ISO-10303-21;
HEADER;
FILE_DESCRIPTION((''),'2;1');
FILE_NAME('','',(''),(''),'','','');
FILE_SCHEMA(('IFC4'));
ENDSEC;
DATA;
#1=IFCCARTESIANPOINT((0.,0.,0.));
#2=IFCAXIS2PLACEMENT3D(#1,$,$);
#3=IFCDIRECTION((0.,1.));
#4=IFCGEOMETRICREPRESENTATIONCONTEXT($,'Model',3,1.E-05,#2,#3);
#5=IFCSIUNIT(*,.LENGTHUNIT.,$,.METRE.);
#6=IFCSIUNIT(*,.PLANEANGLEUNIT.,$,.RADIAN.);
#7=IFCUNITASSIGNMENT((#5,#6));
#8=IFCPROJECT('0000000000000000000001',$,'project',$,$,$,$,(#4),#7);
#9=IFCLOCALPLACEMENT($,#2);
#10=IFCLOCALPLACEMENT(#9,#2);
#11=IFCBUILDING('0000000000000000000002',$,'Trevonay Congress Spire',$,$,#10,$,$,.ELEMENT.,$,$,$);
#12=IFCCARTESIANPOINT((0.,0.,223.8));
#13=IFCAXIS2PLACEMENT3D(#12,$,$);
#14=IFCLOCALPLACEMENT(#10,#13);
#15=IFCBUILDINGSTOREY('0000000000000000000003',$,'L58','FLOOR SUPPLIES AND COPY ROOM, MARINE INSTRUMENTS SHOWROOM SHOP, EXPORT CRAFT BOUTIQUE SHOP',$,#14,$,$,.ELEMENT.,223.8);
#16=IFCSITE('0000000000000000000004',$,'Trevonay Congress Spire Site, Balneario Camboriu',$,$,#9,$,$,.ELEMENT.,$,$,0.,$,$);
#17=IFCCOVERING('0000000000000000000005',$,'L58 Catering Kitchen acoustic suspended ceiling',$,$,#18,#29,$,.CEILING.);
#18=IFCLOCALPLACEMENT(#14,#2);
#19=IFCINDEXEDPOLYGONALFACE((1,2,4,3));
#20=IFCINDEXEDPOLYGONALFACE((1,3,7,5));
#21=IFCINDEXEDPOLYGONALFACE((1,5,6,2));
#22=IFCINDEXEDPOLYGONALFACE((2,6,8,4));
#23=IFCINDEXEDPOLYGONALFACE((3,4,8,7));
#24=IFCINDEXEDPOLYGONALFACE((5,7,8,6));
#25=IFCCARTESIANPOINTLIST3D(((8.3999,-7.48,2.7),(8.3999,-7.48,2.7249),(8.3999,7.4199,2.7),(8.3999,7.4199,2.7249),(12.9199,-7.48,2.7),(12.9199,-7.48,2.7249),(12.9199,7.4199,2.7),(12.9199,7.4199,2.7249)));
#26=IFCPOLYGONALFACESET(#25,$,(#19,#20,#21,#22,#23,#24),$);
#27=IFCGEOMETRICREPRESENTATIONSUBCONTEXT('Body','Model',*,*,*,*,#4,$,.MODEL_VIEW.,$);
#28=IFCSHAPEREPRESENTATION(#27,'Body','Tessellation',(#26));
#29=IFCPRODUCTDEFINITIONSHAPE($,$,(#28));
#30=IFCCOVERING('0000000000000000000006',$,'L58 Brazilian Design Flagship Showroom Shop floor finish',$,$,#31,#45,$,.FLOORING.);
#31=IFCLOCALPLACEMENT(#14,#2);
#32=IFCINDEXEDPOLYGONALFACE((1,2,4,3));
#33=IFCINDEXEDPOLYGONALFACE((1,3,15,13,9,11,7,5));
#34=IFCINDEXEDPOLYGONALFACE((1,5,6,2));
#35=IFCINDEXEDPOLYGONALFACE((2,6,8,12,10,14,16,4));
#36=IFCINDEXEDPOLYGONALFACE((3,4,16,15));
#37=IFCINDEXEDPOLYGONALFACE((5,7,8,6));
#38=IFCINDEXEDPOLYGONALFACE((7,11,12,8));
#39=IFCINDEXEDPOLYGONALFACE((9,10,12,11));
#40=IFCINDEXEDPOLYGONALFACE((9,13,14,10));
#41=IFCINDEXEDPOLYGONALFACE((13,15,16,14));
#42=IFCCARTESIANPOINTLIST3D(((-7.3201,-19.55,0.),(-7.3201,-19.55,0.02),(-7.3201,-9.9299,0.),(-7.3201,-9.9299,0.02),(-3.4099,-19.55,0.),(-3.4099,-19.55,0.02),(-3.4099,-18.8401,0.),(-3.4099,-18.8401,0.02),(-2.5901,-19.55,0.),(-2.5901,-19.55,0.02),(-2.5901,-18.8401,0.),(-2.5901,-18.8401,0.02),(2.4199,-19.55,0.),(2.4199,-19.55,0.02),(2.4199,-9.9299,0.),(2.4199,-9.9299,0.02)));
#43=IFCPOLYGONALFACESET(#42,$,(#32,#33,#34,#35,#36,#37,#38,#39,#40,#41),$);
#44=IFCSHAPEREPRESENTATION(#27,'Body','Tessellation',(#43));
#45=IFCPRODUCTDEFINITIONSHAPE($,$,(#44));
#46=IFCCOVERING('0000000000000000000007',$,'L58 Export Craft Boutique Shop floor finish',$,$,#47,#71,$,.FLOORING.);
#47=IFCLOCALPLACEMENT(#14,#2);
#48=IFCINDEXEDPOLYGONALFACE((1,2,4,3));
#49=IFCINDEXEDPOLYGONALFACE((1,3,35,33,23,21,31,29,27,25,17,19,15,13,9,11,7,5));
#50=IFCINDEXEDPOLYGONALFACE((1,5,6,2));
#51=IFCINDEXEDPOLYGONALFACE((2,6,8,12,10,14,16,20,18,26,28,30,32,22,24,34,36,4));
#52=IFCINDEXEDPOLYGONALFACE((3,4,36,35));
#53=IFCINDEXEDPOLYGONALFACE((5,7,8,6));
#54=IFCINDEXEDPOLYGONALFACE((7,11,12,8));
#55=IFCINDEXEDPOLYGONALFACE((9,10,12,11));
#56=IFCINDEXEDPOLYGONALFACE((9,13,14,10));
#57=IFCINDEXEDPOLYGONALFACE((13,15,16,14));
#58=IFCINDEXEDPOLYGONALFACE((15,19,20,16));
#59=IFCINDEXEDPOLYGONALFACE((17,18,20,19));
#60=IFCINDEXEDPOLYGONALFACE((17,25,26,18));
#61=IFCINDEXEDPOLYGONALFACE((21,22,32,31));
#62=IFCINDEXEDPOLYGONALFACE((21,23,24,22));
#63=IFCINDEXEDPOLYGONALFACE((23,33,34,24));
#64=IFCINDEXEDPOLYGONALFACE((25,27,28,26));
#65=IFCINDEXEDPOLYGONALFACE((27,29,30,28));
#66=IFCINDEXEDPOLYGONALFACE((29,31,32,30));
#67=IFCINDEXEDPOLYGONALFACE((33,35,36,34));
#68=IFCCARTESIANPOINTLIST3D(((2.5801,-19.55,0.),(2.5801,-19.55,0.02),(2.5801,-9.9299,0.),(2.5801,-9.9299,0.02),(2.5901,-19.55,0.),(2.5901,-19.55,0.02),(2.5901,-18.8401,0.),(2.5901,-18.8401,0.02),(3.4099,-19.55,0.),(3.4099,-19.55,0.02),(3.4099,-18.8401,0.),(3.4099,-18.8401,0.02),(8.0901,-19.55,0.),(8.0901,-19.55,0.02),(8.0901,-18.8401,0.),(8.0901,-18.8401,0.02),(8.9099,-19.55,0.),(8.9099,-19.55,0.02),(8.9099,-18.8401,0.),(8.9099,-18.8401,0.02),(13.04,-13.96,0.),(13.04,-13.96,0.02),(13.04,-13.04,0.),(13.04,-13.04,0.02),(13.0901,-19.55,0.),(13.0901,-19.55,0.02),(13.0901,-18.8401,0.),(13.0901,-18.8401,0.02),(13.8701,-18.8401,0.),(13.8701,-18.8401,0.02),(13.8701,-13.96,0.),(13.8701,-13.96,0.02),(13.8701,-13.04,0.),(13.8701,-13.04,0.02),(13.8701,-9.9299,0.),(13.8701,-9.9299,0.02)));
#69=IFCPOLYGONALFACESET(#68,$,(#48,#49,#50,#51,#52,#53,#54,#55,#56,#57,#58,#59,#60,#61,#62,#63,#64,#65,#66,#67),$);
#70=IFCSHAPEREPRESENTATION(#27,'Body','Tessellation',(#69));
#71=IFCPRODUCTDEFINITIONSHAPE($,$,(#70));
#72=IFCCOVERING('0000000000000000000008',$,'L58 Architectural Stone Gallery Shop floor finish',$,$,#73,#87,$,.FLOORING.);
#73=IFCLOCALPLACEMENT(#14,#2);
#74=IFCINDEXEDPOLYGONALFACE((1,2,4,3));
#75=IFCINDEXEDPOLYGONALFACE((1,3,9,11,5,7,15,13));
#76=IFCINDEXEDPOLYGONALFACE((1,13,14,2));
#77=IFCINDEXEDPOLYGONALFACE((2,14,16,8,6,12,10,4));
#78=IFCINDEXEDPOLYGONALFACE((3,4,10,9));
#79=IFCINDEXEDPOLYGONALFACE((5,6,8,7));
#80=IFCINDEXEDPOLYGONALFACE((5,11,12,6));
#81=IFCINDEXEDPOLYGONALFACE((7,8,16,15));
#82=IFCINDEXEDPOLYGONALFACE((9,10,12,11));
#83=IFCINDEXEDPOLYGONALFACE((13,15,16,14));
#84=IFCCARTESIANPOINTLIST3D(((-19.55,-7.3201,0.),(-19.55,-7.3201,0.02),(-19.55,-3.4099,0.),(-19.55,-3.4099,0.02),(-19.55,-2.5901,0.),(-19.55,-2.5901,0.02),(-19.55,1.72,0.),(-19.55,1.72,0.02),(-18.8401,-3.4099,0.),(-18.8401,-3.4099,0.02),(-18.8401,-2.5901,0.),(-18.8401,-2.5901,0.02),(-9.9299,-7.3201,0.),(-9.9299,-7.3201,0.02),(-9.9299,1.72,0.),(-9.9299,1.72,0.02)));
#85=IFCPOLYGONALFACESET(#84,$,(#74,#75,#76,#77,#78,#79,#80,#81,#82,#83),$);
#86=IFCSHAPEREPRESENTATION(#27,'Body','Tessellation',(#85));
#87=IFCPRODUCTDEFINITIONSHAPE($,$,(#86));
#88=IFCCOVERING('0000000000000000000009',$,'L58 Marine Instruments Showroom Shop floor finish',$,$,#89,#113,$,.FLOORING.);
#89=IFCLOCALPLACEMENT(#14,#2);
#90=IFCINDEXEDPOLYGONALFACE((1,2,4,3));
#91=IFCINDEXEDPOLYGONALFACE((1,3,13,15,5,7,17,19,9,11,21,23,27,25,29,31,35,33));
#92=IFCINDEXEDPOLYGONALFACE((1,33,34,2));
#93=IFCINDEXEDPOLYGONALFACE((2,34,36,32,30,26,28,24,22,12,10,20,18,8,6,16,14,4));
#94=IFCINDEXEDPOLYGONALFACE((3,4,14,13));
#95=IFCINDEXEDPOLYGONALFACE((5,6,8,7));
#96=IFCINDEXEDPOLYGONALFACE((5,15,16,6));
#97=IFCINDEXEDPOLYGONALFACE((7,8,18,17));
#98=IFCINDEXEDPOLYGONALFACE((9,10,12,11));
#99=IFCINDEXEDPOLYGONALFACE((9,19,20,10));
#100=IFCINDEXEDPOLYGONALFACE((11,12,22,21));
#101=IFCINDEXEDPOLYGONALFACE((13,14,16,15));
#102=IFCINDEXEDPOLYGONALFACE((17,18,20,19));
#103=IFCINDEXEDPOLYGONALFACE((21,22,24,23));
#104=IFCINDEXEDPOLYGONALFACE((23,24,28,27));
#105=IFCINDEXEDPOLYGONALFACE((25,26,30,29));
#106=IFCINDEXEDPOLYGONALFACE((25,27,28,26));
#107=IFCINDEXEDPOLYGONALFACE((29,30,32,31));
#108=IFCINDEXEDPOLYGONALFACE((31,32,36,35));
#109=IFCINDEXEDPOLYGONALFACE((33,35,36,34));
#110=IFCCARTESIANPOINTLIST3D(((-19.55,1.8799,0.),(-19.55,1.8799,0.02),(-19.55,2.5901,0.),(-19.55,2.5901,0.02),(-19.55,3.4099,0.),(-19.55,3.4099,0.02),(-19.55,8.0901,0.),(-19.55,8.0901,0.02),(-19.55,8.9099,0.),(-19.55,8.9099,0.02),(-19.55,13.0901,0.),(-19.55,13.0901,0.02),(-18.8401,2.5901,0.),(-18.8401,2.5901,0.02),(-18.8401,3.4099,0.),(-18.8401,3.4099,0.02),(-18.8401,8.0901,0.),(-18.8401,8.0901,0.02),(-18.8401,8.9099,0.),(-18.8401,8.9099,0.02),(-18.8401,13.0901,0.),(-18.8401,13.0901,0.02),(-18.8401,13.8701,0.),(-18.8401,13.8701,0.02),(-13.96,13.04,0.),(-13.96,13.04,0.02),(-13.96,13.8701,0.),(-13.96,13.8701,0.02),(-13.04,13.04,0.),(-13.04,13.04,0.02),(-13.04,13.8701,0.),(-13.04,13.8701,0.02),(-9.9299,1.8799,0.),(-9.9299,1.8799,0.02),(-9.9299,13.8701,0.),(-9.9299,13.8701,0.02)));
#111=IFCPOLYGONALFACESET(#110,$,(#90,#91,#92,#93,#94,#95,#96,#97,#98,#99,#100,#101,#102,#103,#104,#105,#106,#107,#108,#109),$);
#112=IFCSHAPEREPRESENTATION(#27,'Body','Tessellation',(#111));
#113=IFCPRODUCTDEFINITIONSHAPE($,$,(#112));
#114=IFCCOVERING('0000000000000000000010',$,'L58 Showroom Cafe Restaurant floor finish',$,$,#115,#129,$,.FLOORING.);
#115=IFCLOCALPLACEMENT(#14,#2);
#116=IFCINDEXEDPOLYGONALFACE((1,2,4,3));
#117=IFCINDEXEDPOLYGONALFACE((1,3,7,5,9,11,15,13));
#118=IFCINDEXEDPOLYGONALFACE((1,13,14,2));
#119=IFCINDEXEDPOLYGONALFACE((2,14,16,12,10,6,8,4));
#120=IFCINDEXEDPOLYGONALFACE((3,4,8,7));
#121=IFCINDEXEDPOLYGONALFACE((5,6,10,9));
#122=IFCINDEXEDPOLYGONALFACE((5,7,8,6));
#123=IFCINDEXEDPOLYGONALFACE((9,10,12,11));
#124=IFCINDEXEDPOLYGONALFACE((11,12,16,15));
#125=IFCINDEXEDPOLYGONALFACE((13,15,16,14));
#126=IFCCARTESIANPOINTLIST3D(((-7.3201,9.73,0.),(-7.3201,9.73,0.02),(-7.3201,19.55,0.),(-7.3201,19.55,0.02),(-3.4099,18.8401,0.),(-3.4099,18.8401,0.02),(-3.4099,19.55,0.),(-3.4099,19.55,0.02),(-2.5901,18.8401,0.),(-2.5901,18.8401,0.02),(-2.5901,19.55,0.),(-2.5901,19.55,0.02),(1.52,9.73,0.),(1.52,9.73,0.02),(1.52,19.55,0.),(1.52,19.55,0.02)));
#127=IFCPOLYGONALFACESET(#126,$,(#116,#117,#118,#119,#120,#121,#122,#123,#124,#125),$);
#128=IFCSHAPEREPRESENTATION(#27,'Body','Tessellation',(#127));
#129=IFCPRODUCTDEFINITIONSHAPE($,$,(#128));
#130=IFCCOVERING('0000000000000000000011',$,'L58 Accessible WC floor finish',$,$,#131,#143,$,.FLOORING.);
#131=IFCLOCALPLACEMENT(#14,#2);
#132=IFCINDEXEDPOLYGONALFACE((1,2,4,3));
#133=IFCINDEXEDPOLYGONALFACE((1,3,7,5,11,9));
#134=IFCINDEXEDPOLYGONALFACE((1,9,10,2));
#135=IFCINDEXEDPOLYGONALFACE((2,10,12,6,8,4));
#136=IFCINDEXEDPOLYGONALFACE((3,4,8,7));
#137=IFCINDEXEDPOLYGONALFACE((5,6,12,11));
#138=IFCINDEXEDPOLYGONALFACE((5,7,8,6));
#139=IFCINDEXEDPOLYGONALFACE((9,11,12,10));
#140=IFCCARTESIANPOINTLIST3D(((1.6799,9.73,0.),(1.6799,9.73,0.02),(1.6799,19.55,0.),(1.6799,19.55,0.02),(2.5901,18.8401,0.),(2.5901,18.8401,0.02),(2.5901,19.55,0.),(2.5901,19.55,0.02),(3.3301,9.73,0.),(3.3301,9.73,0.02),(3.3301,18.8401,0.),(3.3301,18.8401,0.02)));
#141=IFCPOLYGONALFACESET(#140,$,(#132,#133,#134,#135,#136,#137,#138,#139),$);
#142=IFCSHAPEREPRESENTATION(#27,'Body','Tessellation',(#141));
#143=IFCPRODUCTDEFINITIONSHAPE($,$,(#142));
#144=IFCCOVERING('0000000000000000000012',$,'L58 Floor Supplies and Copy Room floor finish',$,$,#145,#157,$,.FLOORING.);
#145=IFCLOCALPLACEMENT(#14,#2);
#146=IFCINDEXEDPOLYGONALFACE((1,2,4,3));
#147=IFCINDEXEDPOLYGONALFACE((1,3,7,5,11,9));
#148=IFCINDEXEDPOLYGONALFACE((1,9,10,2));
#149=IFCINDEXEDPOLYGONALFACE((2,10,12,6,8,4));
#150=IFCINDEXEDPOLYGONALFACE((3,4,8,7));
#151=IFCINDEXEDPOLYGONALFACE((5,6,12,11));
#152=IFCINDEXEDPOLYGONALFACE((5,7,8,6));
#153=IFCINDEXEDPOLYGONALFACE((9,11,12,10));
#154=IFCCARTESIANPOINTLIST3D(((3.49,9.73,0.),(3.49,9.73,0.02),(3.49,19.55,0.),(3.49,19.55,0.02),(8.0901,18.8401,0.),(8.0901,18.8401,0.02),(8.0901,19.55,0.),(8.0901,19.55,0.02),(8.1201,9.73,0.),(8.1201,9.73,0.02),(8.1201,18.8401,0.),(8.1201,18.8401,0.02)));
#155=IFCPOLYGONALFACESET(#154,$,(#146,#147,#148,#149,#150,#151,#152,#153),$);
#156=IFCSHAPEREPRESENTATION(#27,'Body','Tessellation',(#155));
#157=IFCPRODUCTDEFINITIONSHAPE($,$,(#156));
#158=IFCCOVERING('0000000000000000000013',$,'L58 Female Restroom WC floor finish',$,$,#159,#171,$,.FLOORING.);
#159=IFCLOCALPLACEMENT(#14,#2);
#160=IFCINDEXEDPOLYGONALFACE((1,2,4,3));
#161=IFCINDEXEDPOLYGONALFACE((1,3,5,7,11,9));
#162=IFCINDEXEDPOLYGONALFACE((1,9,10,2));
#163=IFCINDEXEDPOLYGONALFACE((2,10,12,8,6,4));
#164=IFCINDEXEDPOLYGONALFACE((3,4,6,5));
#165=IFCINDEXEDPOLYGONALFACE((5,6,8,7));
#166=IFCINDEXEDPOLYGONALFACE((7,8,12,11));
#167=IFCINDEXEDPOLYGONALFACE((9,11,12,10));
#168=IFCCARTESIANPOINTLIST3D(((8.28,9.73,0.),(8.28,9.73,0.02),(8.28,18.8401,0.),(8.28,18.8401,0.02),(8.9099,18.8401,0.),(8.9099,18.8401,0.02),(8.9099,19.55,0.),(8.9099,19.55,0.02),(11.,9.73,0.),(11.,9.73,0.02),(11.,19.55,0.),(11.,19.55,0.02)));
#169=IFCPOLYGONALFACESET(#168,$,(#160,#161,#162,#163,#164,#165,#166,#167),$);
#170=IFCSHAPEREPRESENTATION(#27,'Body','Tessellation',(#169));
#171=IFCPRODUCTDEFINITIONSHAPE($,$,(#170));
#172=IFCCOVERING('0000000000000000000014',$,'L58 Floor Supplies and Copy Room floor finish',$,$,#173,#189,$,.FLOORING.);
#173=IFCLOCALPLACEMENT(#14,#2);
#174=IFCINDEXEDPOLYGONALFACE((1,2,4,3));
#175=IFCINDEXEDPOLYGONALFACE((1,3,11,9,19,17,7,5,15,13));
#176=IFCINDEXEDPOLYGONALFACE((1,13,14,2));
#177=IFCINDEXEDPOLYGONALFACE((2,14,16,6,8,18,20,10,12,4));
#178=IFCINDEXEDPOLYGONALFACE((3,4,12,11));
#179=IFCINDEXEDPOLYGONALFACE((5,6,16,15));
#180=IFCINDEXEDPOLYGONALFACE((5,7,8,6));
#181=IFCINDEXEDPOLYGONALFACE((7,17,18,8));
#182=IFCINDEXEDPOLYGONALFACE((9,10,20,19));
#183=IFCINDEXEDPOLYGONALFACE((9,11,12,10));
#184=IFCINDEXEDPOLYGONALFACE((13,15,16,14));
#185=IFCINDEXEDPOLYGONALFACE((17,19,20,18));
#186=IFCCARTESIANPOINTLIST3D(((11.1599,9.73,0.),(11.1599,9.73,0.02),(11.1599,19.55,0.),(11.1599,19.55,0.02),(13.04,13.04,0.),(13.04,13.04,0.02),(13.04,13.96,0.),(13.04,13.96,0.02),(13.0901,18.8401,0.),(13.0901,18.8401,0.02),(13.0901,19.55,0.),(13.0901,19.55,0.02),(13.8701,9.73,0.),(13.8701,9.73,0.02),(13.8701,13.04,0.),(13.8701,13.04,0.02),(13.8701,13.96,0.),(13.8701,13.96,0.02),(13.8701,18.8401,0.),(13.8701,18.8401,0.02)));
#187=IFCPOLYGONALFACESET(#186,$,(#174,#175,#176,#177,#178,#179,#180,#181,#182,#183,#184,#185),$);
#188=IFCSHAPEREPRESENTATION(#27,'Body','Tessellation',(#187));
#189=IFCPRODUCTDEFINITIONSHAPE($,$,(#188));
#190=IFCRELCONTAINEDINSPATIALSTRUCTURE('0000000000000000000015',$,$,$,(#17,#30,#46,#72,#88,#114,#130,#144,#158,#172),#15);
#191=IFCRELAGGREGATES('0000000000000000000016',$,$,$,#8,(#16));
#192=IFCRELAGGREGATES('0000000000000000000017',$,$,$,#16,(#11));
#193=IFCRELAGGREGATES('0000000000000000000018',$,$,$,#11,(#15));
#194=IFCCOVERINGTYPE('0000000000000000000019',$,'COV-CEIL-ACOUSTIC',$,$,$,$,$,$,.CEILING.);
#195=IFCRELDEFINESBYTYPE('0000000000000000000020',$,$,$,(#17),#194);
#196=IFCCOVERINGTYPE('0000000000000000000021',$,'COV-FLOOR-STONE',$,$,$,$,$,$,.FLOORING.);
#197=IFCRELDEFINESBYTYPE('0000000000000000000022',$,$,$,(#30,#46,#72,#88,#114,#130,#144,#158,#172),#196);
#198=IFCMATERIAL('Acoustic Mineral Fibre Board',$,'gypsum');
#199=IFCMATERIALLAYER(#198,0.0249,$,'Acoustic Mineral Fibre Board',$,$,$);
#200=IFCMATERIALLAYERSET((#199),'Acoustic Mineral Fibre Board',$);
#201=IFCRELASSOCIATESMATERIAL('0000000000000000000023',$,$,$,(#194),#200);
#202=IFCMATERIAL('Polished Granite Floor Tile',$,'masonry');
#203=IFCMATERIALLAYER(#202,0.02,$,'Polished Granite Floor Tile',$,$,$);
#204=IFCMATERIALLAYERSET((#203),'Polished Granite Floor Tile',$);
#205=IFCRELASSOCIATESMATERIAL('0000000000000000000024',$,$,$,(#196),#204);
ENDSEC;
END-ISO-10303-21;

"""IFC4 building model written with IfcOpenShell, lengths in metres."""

from ifc_helpers import new_model, si_unit, direction, frame, origin, place, context, subcontext, project, spatial, polyline, outline, extrude, material, layer, layer_set, type_object, element, save


model = new_model("IFC4")

# Units and contexts
model_context = context("Model", 3, precision=1e-05, world=origin(), true_north=direction((0.0, 1.0)))
body_context = subcontext(model_context, "Body", "Model", "MODEL_VIEW")
ifc_project = project(units=[si_unit("LENGTHUNIT", "METRE"), si_unit("PLANEANGLEUNIT", "RADIAN")], contexts=[model_context])

# Site, building, storey
site_placement = place(None, origin())
site = spatial("IfcSite", under=ifc_project, at=site_placement, Name="Trevonay Congress Spire Site, Balneario Camboriu", CompositionType="ELEMENT", RefElevation=0.0)
building_placement = place(site_placement, origin())
building = spatial("IfcBuilding", under=site, at=building_placement, Name="Trevonay Congress Spire", CompositionType="ELEMENT")
storey_placement = place(building_placement, frame((0.0, 0.0, 223.8)))
storey = spatial("IfcBuildingStorey", under=building, at=storey_placement, Name="L58", Description="FLOOR SUPPLIES AND COPY ROOM, MARINE INSTRUMENTS SHOWROOM SHOP, EXPORT CRAFT BOUTIQUE SHOP", CompositionType="ELEMENT", Elevation=223.8)

# Coverings
ifc_material_1 = material(Name="Acoustic Mineral Fibre Board", Category="gypsum")
ifc_layer_1 = layer(ifc_material_1, 0.0249, Name="Acoustic Mineral Fibre Board")
ifc_layer_set_1 = layer_set([ifc_layer_1], Name="Acoustic Mineral Fibre Board")
covering_type_1 = type_object("IfcCoveringType", Name="COV-CEIL-ACOUSTIC", PredefinedType="CEILING", material=ifc_layer_set_1)
covering_1_placement = place(storey_placement, frame((0.0, 0.0, 2.7)))
element("IfcCovering", 1, at=covering_1_placement, inside=storey, type_object=covering_type_1, Name="L58 Catering Kitchen acoustic suspended ceiling", PredefinedType="CEILING", context=body_context, shape_type="SweptSolid", body=[
    extrude(outline(polyline([(8.3999, -7.48), (12.9199, -7.48), (12.9199, 7.4199), (8.3999, 7.4199), (8.3999, -7.48)])), origin(), (0.0, 0.0, 1.0), 0.0249),
])
ifc_material_2 = material(Name="Polished Granite Floor Tile", Category="masonry")
ifc_layer_2 = layer(ifc_material_2, 0.02, Name="Polished Granite Floor Tile")
ifc_layer_set_2 = layer_set([ifc_layer_2], Name="Polished Granite Floor Tile")
covering_type_2 = type_object("IfcCoveringType", Name="COV-FLOOR-STONE", PredefinedType="FLOORING", material=ifc_layer_set_2)
covering_2_placement = place(storey_placement, origin())
element("IfcCovering", 2, at=covering_2_placement, inside=storey, type_object=covering_type_2, Name="L58 Brazilian Design Flagship Showroom Shop floor finish", PredefinedType="FLOORING", context=body_context, shape_type="SweptSolid", body=[
    extrude(outline(polyline([(-7.3201, -19.55), (-7.3201, -9.9299), (2.4199, -9.9299), (2.4199, -19.55), (-2.5901, -19.55), (-2.5901, -18.8401), (-3.4099, -18.8401), (-3.4099, -19.55), (-7.3201, -19.55)])), origin(), (0.0, 0.0, 1.0), 0.02),
])
covering_3_placement = place(storey_placement, origin())
element("IfcCovering", 3, at=covering_3_placement, inside=storey, type_object=covering_type_2, Name="L58 Export Craft Boutique Shop floor finish", PredefinedType="FLOORING", context=body_context, shape_type="SweptSolid", body=[
    extrude(outline(polyline([(2.5801, -19.55), (2.5801, -9.9299), (13.8701, -9.9299), (13.8701, -13.04), (13.04, -13.04), (13.04, -13.96), (13.8701, -13.96), (13.8701, -18.8401), (13.0901, -18.8401), (13.0901, -19.55), (8.9099, -19.55), (8.9099, -18.8401), (8.0901, -18.8401), (8.0901, -19.55), (3.4099, -19.55), (3.4099, -18.8401), (2.5901, -18.8401), (2.5901, -19.55), (2.5801, -19.55)])), origin(), (0.0, 0.0, 1.0), 0.02),
])
covering_4_placement = place(storey_placement, origin())
element("IfcCovering", 4, at=covering_4_placement, inside=storey, type_object=covering_type_2, Name="L58 Architectural Stone Gallery Shop floor finish", PredefinedType="FLOORING", context=body_context, shape_type="SweptSolid", body=[
    extrude(outline(polyline([(-19.55, 1.72), (-9.9299, 1.72), (-9.9299, -7.3201), (-19.55, -7.3201), (-19.55, -3.4099), (-18.8401, -3.4099), (-18.8401, -2.5901), (-19.55, -2.5901), (-19.55, 1.72)])), origin(), (0.0, 0.0, 1.0), 0.02),
])
covering_5_placement = place(storey_placement, origin())
element("IfcCovering", 5, at=covering_5_placement, inside=storey, type_object=covering_type_2, Name="L58 Marine Instruments Showroom Shop floor finish", PredefinedType="FLOORING", context=body_context, shape_type="SweptSolid", body=[
    extrude(outline(polyline([(-9.9299, 13.8701), (-9.9299, 1.8799), (-19.55, 1.8799), (-19.55, 2.5901), (-18.8401, 2.5901), (-18.8401, 3.4099), (-19.55, 3.4099), (-19.55, 8.0901), (-18.8401, 8.0901), (-18.8401, 8.9099), (-19.55, 8.9099), (-19.55, 13.0901), (-18.8401, 13.0901), (-18.8401, 13.8701), (-13.96, 13.8701), (-13.96, 13.04), (-13.04, 13.04), (-13.04, 13.8701), (-9.9299, 13.8701)])), origin(), (0.0, 0.0, 1.0), 0.02),
])
covering_6_placement = place(storey_placement, origin())
element("IfcCovering", 6, at=covering_6_placement, inside=storey, type_object=covering_type_2, Name="L58 Showroom Cafe Restaurant floor finish", PredefinedType="FLOORING", context=body_context, shape_type="SweptSolid", body=[
    extrude(outline(polyline([(1.52, 19.55), (1.52, 9.73), (-7.3201, 9.73), (-7.3201, 19.55), (-3.4099, 19.55), (-3.4099, 18.8401), (-2.5901, 18.8401), (-2.5901, 19.55), (1.52, 19.55)])), origin(), (0.0, 0.0, 1.0), 0.02),
])
covering_7_placement = place(storey_placement, origin())
element("IfcCovering", 7, at=covering_7_placement, inside=storey, type_object=covering_type_2, Name="L58 Accessible WC floor finish", PredefinedType="FLOORING", context=body_context, shape_type="SweptSolid", body=[
    extrude(outline(polyline([(3.3301, 9.73), (1.6799, 9.73), (1.6799, 19.55), (2.5901, 19.55), (2.5901, 18.8401), (3.3301, 18.8401), (3.3301, 9.73)])), origin(), (0.0, 0.0, 1.0), 0.02),
])
covering_8_placement = place(storey_placement, origin())
element("IfcCovering", 8, at=covering_8_placement, inside=storey, type_object=covering_type_2, Name="L58 Floor Supplies and Copy Room floor finish", PredefinedType="FLOORING", context=body_context, shape_type="SweptSolid", body=[
    extrude(outline(polyline([(8.1201, 9.73), (3.49, 9.73), (3.49, 19.55), (8.0901, 19.55), (8.0901, 18.8401), (8.1201, 18.8401), (8.1201, 9.73)])), origin(), (0.0, 0.0, 1.0), 0.02),
])
covering_9_placement = place(storey_placement, origin())
element("IfcCovering", 9, at=covering_9_placement, inside=storey, type_object=covering_type_2, Name="L58 Female Restroom WC floor finish", PredefinedType="FLOORING", context=body_context, shape_type="SweptSolid", body=[
    extrude(outline(polyline([(11.0, 19.55), (11.0, 9.73), (8.28, 9.73), (8.28, 18.8401), (8.9099, 18.8401), (8.9099, 19.55), (11.0, 19.55)])), origin(), (0.0, 0.0, 1.0), 0.02),
])
covering_10_placement = place(storey_placement, origin())
element("IfcCovering", 10, at=covering_10_placement, inside=storey, type_object=covering_type_2, Name="L58 Floor Supplies and Copy Room floor finish", PredefinedType="FLOORING", context=body_context, shape_type="SweptSolid", body=[
    extrude(outline(polyline([(13.8701, 9.73), (11.1599, 9.73), (11.1599, 19.55), (13.0901, 19.55), (13.0901, 18.8401), (13.8701, 18.8401), (13.8701, 13.96), (13.04, 13.96), (13.04, 13.04), (13.8701, 13.04), (13.8701, 9.73)])), origin(), (0.0, 0.0, 1.0), 0.02),
])

save(model, "model.ifc")
